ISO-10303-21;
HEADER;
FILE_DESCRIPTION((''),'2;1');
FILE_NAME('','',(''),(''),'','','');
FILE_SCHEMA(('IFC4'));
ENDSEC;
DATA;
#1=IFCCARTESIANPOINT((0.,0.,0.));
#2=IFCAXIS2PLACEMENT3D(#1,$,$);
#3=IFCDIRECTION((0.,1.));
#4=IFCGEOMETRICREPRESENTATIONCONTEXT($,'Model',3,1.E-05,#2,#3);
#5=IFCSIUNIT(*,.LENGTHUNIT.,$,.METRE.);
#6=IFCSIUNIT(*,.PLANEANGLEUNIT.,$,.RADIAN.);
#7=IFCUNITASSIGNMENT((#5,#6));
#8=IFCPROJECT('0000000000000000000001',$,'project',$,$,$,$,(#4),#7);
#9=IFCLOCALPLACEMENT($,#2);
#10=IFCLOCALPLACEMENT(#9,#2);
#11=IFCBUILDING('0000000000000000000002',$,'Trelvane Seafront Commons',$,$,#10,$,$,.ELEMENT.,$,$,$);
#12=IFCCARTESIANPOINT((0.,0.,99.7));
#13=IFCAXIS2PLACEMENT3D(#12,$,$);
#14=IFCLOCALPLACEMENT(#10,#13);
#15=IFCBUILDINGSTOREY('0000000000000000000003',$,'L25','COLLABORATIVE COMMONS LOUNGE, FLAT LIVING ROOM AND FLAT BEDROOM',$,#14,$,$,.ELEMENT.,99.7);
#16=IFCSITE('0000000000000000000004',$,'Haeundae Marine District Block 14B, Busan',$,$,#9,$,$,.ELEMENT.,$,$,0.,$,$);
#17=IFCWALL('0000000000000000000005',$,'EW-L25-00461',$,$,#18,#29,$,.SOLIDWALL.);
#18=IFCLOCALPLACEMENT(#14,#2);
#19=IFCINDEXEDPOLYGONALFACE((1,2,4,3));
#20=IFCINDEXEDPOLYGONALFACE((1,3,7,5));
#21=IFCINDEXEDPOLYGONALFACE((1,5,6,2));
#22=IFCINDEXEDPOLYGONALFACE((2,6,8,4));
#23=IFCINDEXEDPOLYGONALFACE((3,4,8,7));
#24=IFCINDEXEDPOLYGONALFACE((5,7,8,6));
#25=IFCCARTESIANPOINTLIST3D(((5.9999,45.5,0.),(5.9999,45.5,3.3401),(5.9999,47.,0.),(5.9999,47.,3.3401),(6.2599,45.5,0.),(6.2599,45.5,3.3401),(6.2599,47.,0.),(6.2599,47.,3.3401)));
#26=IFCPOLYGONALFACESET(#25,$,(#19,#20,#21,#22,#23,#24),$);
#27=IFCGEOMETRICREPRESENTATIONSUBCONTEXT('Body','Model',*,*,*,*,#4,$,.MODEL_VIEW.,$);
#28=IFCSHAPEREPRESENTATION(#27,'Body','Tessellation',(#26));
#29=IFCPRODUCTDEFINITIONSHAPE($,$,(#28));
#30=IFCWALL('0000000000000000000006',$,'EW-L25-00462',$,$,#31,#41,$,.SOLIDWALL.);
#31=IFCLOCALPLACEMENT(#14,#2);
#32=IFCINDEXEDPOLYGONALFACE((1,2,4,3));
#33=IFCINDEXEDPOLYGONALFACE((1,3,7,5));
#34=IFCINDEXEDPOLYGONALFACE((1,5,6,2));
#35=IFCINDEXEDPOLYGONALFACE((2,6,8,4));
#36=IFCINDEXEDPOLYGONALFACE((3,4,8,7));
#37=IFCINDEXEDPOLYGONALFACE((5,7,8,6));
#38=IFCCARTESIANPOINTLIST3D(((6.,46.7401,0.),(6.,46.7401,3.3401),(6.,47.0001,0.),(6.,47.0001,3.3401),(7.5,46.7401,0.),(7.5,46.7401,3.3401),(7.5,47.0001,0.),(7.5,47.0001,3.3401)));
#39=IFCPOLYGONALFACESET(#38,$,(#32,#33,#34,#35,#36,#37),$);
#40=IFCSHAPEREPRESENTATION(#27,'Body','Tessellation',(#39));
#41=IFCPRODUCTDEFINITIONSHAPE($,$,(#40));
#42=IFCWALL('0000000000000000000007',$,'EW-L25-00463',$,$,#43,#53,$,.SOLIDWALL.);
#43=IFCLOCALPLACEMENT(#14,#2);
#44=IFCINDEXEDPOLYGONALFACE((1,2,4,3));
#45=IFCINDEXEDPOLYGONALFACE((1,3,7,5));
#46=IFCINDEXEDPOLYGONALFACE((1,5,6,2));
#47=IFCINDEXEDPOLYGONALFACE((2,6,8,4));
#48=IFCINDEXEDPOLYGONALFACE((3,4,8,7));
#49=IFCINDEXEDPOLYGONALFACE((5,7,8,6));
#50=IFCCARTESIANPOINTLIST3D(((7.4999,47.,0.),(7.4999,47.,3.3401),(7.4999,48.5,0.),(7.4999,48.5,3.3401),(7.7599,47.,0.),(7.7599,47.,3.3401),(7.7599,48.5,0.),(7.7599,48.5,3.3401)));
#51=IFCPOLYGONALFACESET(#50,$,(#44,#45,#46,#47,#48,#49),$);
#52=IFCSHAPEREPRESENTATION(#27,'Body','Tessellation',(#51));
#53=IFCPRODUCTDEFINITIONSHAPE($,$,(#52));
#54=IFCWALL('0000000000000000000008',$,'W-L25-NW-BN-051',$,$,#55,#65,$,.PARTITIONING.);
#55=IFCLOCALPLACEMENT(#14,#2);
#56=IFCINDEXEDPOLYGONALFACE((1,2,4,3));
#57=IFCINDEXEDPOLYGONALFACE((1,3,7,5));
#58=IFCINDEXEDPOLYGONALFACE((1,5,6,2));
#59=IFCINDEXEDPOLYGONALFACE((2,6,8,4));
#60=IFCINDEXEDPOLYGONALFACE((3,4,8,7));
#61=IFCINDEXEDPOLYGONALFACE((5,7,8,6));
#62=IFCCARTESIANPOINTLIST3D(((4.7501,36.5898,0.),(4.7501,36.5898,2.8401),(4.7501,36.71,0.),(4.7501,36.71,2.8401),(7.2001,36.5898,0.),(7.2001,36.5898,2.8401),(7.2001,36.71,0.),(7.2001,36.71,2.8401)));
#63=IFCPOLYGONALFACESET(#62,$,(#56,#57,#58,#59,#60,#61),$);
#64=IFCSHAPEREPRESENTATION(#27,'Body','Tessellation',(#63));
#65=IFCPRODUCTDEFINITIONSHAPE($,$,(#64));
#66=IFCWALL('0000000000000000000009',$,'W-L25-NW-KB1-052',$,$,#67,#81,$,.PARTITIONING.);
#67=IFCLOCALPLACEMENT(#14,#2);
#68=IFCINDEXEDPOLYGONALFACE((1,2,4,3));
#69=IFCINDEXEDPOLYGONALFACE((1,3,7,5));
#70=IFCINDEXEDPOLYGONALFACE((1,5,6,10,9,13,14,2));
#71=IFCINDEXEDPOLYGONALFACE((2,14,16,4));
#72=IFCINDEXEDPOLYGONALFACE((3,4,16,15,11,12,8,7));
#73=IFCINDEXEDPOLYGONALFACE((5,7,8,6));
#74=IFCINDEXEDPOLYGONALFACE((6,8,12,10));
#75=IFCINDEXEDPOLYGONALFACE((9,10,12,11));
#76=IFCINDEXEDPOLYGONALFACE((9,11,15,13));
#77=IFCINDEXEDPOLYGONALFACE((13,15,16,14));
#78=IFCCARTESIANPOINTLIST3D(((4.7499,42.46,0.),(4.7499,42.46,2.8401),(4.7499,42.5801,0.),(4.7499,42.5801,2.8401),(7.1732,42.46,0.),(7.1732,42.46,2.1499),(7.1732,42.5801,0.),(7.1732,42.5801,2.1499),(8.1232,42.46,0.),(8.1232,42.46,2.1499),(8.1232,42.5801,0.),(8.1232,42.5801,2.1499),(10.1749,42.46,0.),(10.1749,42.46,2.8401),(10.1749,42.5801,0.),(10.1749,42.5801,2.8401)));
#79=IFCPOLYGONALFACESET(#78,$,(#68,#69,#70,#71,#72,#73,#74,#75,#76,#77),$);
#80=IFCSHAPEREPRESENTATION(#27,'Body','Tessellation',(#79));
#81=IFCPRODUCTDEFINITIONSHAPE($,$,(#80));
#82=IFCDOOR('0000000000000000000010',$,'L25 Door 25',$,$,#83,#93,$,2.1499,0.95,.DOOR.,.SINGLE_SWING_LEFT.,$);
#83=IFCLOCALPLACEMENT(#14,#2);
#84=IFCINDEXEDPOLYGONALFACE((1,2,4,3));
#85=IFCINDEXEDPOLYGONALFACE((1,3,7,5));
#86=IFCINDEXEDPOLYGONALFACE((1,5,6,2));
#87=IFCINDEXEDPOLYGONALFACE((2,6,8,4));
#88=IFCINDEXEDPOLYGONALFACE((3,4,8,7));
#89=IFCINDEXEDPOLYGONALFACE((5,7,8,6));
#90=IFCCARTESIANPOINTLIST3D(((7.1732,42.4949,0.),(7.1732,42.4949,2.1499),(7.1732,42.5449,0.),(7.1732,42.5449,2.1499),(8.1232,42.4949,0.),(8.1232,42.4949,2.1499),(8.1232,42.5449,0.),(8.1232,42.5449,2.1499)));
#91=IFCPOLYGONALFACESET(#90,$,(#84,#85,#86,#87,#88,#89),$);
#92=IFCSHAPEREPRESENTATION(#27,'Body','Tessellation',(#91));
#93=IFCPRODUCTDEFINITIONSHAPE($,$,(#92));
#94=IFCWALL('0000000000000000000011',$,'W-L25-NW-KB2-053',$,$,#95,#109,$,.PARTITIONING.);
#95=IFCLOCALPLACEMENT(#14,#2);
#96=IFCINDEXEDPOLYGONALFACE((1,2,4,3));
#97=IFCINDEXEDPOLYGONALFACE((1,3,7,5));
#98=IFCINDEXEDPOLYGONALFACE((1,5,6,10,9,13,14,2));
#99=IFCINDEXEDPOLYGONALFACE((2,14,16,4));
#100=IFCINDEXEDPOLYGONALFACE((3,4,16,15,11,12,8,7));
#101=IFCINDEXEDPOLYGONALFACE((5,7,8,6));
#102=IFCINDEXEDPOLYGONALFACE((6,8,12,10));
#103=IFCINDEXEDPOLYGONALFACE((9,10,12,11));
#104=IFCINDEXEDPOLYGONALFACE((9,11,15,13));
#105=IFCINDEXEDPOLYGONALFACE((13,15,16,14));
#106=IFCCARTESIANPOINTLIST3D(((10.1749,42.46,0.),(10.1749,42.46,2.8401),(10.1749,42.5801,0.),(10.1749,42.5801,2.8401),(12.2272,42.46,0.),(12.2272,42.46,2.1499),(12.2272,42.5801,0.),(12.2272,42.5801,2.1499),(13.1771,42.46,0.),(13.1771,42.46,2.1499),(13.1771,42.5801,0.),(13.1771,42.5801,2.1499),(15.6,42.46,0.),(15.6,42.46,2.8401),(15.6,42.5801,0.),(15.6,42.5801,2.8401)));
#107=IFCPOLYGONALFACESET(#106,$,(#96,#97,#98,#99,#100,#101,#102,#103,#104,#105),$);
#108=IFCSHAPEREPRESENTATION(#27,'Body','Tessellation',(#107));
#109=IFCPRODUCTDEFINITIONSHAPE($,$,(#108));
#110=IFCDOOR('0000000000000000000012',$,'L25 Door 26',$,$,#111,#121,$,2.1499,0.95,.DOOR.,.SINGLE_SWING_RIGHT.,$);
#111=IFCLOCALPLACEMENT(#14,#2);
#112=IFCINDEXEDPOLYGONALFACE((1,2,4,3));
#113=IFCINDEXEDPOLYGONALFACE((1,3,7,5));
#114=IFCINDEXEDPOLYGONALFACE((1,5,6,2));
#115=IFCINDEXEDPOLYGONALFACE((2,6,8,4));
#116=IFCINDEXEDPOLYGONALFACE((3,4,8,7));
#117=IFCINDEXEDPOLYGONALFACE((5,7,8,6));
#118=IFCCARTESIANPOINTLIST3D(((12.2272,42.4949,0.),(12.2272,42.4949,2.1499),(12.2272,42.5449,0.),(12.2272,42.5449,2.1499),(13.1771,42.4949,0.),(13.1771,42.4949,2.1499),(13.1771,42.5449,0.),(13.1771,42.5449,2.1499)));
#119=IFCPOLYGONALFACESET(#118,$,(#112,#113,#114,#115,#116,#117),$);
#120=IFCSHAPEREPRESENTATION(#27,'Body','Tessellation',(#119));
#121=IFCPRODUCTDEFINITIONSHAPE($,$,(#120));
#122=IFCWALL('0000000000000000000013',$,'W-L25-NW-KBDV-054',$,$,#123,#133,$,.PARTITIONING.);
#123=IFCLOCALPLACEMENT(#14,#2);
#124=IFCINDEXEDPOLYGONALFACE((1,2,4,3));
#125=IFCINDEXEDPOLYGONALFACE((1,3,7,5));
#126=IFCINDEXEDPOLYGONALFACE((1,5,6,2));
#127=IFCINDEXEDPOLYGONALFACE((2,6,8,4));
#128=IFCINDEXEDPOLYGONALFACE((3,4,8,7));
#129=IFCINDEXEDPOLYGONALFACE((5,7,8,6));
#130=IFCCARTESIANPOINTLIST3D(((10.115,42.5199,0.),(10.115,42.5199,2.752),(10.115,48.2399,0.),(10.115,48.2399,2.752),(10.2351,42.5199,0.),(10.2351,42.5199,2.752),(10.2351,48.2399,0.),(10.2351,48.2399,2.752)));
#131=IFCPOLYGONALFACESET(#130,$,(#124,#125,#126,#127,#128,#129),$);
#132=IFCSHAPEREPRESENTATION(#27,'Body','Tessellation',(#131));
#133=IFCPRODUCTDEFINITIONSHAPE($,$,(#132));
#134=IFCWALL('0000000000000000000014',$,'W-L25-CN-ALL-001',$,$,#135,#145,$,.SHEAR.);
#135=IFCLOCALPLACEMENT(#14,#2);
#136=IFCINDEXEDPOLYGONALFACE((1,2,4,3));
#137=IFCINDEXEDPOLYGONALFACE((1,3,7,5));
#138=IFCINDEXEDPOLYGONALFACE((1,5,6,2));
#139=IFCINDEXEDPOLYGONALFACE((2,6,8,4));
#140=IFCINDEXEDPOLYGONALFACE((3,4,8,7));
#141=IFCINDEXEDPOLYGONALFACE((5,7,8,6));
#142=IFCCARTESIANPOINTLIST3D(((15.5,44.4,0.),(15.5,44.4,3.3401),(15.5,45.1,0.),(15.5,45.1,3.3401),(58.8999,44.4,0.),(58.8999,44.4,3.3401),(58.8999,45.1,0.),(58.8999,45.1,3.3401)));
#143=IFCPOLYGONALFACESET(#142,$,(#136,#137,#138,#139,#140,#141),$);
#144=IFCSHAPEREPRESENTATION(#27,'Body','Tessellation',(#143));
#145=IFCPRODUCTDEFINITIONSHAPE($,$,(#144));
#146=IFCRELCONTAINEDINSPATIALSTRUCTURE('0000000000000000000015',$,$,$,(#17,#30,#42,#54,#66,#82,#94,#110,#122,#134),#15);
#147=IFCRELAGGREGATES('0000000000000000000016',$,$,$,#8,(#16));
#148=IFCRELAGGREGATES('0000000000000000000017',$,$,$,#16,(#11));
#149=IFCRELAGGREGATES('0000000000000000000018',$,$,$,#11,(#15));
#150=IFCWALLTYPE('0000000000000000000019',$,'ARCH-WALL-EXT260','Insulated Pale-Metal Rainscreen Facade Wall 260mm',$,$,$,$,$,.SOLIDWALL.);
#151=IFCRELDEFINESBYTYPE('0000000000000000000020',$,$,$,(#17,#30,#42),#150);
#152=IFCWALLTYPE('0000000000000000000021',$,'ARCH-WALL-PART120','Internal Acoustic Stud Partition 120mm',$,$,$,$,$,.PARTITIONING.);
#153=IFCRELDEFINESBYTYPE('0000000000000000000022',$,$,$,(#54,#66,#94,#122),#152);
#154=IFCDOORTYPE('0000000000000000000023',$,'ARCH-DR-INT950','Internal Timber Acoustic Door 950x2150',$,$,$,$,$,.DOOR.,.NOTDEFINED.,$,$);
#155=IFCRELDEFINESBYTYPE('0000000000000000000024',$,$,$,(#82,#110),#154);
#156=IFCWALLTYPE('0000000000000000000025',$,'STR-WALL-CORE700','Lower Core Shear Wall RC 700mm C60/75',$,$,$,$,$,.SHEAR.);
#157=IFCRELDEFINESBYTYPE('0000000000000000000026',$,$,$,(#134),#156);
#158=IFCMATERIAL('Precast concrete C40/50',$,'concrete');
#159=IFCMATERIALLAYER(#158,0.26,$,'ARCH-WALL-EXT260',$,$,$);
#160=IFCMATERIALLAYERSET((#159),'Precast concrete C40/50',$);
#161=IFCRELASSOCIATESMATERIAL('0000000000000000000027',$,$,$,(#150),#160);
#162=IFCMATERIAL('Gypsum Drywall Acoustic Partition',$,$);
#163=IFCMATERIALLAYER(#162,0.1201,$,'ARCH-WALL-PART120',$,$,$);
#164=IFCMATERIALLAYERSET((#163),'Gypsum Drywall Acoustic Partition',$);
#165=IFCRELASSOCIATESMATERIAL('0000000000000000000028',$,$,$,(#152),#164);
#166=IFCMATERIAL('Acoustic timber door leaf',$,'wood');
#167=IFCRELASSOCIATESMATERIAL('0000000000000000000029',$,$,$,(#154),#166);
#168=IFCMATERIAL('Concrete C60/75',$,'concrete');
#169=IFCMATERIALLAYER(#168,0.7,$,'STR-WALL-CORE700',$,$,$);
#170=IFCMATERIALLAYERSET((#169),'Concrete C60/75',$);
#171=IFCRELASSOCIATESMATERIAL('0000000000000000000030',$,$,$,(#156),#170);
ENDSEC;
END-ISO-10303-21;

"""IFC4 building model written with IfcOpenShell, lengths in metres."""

from ifc_helpers import new_model, si_unit, direction, frame, frame_2d, origin, place, context, subcontext, project, spatial, rectangle, extrude, source, transform, mapped, material, layer, layer_set, type_object, element, fill, save


model = new_model("IFC4")

# Units and contexts
model_context = context("Model", 3, precision=1e-05, world=origin(), true_north=direction((0.0, 1.0)))
body_context = subcontext(model_context, "Body", "Model", "MODEL_VIEW")
ifc_project = project(units=[si_unit("LENGTHUNIT", "METRE"), si_unit("PLANEANGLEUNIT", "RADIAN")], contexts=[model_context])

# Site, building, storey
site_placement = place(None, origin())
site = spatial("IfcSite", under=ifc_project, at=site_placement, Name="Haeundae Marine District Block 14B, Busan", CompositionType="ELEMENT", RefElevation=0.0)
building_placement = place(site_placement, origin())
building = spatial("IfcBuilding", under=site, at=building_placement, Name="Trelvane Seafront Commons", CompositionType="ELEMENT")
storey_placement = place(building_placement, frame((0.0, 0.0, 99.7)))
storey = spatial("IfcBuildingStorey", under=building, at=storey_placement, Name="L25", Description="COLLABORATIVE COMMONS LOUNGE, FLAT LIVING ROOM AND FLAT BEDROOM", CompositionType="ELEMENT", Elevation=99.7)

# Shared definitions
ifc_material_1 = material(Name="Concrete C60/75", Category="concrete")

# Shared definitions
ifc_material_2 = material(Name="Precast concrete C40/50", Category="concrete")
ifc_layer_1 = layer(ifc_material_2, 0.26, Name="ARCH-WALL-EXT260")
ifc_layer_set_1 = layer_set([ifc_layer_1], Name="Precast concrete C40/50")
wall_type_1 = type_object("IfcWallType", Name="ARCH-WALL-EXT260", Description="Insulated Pale-Metal Rainscreen Facade Wall 260mm", PredefinedType="SOLIDWALL", material=ifc_layer_set_1)

# Walls
for number, where, z_axis, x_axis, name in (
    (1, (6.1299, 45.5, 0.0), (0.0, 0.0, 1.0), (0.0, 1.0, 0.0), "EW-L25-00461"),
    (2, (6.0, 46.8701, 0.0), (0.0, 0.0, 1.0), (1.0, 0.0, 0.0), "EW-L25-00462"),
    (3, (7.6299, 47.0, 0.0), (0.0, 0.0, 1.0), (0.0, 1.0, 0.0), "EW-L25-00463"),
):
    element("IfcWall", number, at=place(storey_placement, frame(where, z_axis=z_axis, x_axis=x_axis)), inside=storey, type_object=wall_type_1, Name=name, PredefinedType="SOLIDWALL", context=body_context, shape_type="SweptSolid", body=[
        extrude(rectangle(XDim=1.5, YDim=0.26, at=frame_2d((0.75, 0.0))), origin(), (0.0, 0.0, 1.0), 3.3401),
    ])
ifc_material_3 = material(Name="Gypsum Drywall Acoustic Partition")
ifc_layer_2 = layer(ifc_material_3, 0.1201, Name="ARCH-WALL-PART120")
ifc_layer_set_2 = layer_set([ifc_layer_2], Name="Gypsum Drywall Acoustic Partition")
wall_type_2 = type_object("IfcWallType", Name="ARCH-WALL-PART120", Description="Internal Acoustic Stud Partition 120mm", PredefinedType="PARTITIONING", material=ifc_layer_set_2)
wall_1_placement = place(storey_placement, frame((4.75, 36.6499, 0.0), z_axis=(0.0, 0.0, 1.0), x_axis=(1.0, 0.0, 0.0)))
element("IfcWall", 4, at=wall_1_placement, inside=storey, type_object=wall_type_2, Name="W-L25-NW-BN-051", PredefinedType="PARTITIONING", context=body_context, shape_type="SweptSolid", body=[
    extrude(rectangle(XDim=2.45, YDim=0.1201, at=frame_2d((1.2251, 0.0))), origin(), (0.0, 0.0, 1.0), 2.8401),
])

# Walls, openings, doors
wall_2_placement = place(storey_placement, frame((4.75, 42.52, 0.0), z_axis=(0.0, 0.0, 1.0), x_axis=(1.0, 0.0, 0.0)))
wall_2 = element("IfcWall", 5, at=wall_2_placement, inside=storey, type_object=wall_type_2, Name="W-L25-NW-KB1-052", PredefinedType="PARTITIONING", context=body_context, shape_type="SweptSolid", body=[
    extrude(rectangle(XDim=5.425, YDim=0.1201, at=frame_2d((2.7124, 0.0))), origin(), (0.0, 0.0, 1.0), 2.8401),
])
opening_1_placement = place(wall_2_placement, frame((2.4231, 0.0, 0.0)))
opening_1 = element("IfcOpeningElement", 6, at=opening_1_placement, cuts=wall_2, PredefinedType="OPENING", context=body_context, shape_type="SweptSolid", body=[
    extrude(rectangle(XDim=0.95, YDim=2.1499, at=frame_2d((0.4751, 1.075))), frame((0.0, 0.0701, 0.0), z_axis=(0.0, -1.0, 0.0), x_axis=(1.0, 0.0, 0.0)), (0.0, 0.0, 1.0), 0.1401),
])
ifc_material_4 = material(Name="Acoustic timber door leaf", Category="wood")
door_type_1 = type_object("IfcDoorType", Name="ARCH-DR-INT950", Description="Internal Timber Acoustic Door 950x2150", OperationType="NOTDEFINED", PredefinedType="DOOR", material=ifc_material_4)
shared_shape_1 = source(origin(), body_context, "Body", "SweptSolid", [
    extrude(rectangle(XDim=0.95, YDim=2.1499, at=frame_2d((0.4751, 1.075))), frame((0.0, 0.0249, 0.0), z_axis=(0.0, -1.0, 0.0), x_axis=(1.0, 0.0, 0.0)), (0.0, 0.0, 1.0), 0.05),
])
door_1_placement = place(opening_1_placement, origin())
door_1 = element("IfcDoor", 7, at=door_1_placement, inside=storey, type_object=door_type_1, Name="L25 Door 25", OperationType="SINGLE_SWING_LEFT", OverallHeight=2.1499, OverallWidth=0.95, PredefinedType="DOOR", context=body_context, shape_type="MappedRepresentation", body=[
    mapped(shared_shape_1, transform((0.0, 0.0, 0.0), x_axis=(1.0, 0.0, 0.0), y_axis=(0.0, 1.0, 0.0), z_axis=(0.0, 0.0, 1.0), scale=1.0)),
])
fill(opening_1, door_1)
wall_3_placement = place(storey_placement, frame((10.175, 42.52, 0.0), z_axis=(0.0, 0.0, 1.0), x_axis=(1.0, 0.0, 0.0)))
wall_3 = element("IfcWall", 8, at=wall_3_placement, inside=storey, type_object=wall_type_2, Name="W-L25-NW-KB2-053", PredefinedType="PARTITIONING", context=body_context, shape_type="SweptSolid", body=[
    extrude(rectangle(XDim=5.425, YDim=0.1201, at=frame_2d((2.7124, 0.0))), origin(), (0.0, 0.0, 1.0), 2.8401),
])
opening_2_placement = place(wall_3_placement, frame((2.052, 0.0, 0.0)))
opening_2 = element("IfcOpeningElement", 9, at=opening_2_placement, cuts=wall_3, PredefinedType="OPENING", context=body_context, shape_type="SweptSolid", body=[
    extrude(rectangle(XDim=0.95, YDim=2.1499, at=frame_2d((0.4751, 1.075))), frame((0.0, 0.0701, 0.0), z_axis=(0.0, -1.0, 0.0), x_axis=(1.0, 0.0, 0.0)), (0.0, 0.0, 1.0), 0.1401),
])
door_2_placement = place(opening_2_placement, origin())
door_2 = element("IfcDoor", 10, at=door_2_placement, inside=storey, type_object=door_type_1, Name="L25 Door 26", OperationType="SINGLE_SWING_RIGHT", OverallHeight=2.1499, OverallWidth=0.95, PredefinedType="DOOR", context=body_context, shape_type="MappedRepresentation", body=[
    mapped(shared_shape_1, transform((0.0, 0.0, 0.0), x_axis=(1.0, 0.0, 0.0), y_axis=(0.0, 1.0, 0.0), z_axis=(0.0, 0.0, 1.0), scale=1.0)),
])
fill(opening_2, door_2)

# Wall
wall_4_placement = place(storey_placement, frame((10.175, 42.52, 0.0), z_axis=(0.0, 0.0, 1.0), x_axis=(0.0, 1.0, 0.0)))
element("IfcWall", 11, at=wall_4_placement, inside=storey, type_object=wall_type_2, Name="W-L25-NW-KBDV-054", PredefinedType="PARTITIONING", context=body_context, shape_type="SweptSolid", body=[
    extrude(rectangle(XDim=5.72, YDim=0.1201, at=frame_2d((2.8599, 0.0))), origin(), (0.0, 0.0, 1.0), 2.752),
])

# Wall
ifc_layer_3 = layer(ifc_material_1, 0.7, Name="STR-WALL-CORE700")
ifc_layer_set_3 = layer_set([ifc_layer_3], Name="Concrete C60/75")
wall_type_3 = type_object("IfcWallType", Name="STR-WALL-CORE700", Description="Lower Core Shear Wall RC 700mm C60/75", PredefinedType="SHEAR", material=ifc_layer_set_3)
wall_5_placement = place(storey_placement, frame((15.5, 44.75, 0.0), z_axis=(0.0, 0.0, 1.0), x_axis=(1.0, 0.0, 0.0)))
element("IfcWall", 12, at=wall_5_placement, inside=storey, type_object=wall_type_3, Name="W-L25-CN-ALL-001", PredefinedType="SHEAR", context=body_context, shape_type="SweptSolid", body=[
    extrude(rectangle(XDim=43.3999, YDim=0.7, at=frame_2d((21.7, 0.0))), origin(), (0.0, 0.0, 1.0), 3.3401),
])

save(model, "model.ifc")
